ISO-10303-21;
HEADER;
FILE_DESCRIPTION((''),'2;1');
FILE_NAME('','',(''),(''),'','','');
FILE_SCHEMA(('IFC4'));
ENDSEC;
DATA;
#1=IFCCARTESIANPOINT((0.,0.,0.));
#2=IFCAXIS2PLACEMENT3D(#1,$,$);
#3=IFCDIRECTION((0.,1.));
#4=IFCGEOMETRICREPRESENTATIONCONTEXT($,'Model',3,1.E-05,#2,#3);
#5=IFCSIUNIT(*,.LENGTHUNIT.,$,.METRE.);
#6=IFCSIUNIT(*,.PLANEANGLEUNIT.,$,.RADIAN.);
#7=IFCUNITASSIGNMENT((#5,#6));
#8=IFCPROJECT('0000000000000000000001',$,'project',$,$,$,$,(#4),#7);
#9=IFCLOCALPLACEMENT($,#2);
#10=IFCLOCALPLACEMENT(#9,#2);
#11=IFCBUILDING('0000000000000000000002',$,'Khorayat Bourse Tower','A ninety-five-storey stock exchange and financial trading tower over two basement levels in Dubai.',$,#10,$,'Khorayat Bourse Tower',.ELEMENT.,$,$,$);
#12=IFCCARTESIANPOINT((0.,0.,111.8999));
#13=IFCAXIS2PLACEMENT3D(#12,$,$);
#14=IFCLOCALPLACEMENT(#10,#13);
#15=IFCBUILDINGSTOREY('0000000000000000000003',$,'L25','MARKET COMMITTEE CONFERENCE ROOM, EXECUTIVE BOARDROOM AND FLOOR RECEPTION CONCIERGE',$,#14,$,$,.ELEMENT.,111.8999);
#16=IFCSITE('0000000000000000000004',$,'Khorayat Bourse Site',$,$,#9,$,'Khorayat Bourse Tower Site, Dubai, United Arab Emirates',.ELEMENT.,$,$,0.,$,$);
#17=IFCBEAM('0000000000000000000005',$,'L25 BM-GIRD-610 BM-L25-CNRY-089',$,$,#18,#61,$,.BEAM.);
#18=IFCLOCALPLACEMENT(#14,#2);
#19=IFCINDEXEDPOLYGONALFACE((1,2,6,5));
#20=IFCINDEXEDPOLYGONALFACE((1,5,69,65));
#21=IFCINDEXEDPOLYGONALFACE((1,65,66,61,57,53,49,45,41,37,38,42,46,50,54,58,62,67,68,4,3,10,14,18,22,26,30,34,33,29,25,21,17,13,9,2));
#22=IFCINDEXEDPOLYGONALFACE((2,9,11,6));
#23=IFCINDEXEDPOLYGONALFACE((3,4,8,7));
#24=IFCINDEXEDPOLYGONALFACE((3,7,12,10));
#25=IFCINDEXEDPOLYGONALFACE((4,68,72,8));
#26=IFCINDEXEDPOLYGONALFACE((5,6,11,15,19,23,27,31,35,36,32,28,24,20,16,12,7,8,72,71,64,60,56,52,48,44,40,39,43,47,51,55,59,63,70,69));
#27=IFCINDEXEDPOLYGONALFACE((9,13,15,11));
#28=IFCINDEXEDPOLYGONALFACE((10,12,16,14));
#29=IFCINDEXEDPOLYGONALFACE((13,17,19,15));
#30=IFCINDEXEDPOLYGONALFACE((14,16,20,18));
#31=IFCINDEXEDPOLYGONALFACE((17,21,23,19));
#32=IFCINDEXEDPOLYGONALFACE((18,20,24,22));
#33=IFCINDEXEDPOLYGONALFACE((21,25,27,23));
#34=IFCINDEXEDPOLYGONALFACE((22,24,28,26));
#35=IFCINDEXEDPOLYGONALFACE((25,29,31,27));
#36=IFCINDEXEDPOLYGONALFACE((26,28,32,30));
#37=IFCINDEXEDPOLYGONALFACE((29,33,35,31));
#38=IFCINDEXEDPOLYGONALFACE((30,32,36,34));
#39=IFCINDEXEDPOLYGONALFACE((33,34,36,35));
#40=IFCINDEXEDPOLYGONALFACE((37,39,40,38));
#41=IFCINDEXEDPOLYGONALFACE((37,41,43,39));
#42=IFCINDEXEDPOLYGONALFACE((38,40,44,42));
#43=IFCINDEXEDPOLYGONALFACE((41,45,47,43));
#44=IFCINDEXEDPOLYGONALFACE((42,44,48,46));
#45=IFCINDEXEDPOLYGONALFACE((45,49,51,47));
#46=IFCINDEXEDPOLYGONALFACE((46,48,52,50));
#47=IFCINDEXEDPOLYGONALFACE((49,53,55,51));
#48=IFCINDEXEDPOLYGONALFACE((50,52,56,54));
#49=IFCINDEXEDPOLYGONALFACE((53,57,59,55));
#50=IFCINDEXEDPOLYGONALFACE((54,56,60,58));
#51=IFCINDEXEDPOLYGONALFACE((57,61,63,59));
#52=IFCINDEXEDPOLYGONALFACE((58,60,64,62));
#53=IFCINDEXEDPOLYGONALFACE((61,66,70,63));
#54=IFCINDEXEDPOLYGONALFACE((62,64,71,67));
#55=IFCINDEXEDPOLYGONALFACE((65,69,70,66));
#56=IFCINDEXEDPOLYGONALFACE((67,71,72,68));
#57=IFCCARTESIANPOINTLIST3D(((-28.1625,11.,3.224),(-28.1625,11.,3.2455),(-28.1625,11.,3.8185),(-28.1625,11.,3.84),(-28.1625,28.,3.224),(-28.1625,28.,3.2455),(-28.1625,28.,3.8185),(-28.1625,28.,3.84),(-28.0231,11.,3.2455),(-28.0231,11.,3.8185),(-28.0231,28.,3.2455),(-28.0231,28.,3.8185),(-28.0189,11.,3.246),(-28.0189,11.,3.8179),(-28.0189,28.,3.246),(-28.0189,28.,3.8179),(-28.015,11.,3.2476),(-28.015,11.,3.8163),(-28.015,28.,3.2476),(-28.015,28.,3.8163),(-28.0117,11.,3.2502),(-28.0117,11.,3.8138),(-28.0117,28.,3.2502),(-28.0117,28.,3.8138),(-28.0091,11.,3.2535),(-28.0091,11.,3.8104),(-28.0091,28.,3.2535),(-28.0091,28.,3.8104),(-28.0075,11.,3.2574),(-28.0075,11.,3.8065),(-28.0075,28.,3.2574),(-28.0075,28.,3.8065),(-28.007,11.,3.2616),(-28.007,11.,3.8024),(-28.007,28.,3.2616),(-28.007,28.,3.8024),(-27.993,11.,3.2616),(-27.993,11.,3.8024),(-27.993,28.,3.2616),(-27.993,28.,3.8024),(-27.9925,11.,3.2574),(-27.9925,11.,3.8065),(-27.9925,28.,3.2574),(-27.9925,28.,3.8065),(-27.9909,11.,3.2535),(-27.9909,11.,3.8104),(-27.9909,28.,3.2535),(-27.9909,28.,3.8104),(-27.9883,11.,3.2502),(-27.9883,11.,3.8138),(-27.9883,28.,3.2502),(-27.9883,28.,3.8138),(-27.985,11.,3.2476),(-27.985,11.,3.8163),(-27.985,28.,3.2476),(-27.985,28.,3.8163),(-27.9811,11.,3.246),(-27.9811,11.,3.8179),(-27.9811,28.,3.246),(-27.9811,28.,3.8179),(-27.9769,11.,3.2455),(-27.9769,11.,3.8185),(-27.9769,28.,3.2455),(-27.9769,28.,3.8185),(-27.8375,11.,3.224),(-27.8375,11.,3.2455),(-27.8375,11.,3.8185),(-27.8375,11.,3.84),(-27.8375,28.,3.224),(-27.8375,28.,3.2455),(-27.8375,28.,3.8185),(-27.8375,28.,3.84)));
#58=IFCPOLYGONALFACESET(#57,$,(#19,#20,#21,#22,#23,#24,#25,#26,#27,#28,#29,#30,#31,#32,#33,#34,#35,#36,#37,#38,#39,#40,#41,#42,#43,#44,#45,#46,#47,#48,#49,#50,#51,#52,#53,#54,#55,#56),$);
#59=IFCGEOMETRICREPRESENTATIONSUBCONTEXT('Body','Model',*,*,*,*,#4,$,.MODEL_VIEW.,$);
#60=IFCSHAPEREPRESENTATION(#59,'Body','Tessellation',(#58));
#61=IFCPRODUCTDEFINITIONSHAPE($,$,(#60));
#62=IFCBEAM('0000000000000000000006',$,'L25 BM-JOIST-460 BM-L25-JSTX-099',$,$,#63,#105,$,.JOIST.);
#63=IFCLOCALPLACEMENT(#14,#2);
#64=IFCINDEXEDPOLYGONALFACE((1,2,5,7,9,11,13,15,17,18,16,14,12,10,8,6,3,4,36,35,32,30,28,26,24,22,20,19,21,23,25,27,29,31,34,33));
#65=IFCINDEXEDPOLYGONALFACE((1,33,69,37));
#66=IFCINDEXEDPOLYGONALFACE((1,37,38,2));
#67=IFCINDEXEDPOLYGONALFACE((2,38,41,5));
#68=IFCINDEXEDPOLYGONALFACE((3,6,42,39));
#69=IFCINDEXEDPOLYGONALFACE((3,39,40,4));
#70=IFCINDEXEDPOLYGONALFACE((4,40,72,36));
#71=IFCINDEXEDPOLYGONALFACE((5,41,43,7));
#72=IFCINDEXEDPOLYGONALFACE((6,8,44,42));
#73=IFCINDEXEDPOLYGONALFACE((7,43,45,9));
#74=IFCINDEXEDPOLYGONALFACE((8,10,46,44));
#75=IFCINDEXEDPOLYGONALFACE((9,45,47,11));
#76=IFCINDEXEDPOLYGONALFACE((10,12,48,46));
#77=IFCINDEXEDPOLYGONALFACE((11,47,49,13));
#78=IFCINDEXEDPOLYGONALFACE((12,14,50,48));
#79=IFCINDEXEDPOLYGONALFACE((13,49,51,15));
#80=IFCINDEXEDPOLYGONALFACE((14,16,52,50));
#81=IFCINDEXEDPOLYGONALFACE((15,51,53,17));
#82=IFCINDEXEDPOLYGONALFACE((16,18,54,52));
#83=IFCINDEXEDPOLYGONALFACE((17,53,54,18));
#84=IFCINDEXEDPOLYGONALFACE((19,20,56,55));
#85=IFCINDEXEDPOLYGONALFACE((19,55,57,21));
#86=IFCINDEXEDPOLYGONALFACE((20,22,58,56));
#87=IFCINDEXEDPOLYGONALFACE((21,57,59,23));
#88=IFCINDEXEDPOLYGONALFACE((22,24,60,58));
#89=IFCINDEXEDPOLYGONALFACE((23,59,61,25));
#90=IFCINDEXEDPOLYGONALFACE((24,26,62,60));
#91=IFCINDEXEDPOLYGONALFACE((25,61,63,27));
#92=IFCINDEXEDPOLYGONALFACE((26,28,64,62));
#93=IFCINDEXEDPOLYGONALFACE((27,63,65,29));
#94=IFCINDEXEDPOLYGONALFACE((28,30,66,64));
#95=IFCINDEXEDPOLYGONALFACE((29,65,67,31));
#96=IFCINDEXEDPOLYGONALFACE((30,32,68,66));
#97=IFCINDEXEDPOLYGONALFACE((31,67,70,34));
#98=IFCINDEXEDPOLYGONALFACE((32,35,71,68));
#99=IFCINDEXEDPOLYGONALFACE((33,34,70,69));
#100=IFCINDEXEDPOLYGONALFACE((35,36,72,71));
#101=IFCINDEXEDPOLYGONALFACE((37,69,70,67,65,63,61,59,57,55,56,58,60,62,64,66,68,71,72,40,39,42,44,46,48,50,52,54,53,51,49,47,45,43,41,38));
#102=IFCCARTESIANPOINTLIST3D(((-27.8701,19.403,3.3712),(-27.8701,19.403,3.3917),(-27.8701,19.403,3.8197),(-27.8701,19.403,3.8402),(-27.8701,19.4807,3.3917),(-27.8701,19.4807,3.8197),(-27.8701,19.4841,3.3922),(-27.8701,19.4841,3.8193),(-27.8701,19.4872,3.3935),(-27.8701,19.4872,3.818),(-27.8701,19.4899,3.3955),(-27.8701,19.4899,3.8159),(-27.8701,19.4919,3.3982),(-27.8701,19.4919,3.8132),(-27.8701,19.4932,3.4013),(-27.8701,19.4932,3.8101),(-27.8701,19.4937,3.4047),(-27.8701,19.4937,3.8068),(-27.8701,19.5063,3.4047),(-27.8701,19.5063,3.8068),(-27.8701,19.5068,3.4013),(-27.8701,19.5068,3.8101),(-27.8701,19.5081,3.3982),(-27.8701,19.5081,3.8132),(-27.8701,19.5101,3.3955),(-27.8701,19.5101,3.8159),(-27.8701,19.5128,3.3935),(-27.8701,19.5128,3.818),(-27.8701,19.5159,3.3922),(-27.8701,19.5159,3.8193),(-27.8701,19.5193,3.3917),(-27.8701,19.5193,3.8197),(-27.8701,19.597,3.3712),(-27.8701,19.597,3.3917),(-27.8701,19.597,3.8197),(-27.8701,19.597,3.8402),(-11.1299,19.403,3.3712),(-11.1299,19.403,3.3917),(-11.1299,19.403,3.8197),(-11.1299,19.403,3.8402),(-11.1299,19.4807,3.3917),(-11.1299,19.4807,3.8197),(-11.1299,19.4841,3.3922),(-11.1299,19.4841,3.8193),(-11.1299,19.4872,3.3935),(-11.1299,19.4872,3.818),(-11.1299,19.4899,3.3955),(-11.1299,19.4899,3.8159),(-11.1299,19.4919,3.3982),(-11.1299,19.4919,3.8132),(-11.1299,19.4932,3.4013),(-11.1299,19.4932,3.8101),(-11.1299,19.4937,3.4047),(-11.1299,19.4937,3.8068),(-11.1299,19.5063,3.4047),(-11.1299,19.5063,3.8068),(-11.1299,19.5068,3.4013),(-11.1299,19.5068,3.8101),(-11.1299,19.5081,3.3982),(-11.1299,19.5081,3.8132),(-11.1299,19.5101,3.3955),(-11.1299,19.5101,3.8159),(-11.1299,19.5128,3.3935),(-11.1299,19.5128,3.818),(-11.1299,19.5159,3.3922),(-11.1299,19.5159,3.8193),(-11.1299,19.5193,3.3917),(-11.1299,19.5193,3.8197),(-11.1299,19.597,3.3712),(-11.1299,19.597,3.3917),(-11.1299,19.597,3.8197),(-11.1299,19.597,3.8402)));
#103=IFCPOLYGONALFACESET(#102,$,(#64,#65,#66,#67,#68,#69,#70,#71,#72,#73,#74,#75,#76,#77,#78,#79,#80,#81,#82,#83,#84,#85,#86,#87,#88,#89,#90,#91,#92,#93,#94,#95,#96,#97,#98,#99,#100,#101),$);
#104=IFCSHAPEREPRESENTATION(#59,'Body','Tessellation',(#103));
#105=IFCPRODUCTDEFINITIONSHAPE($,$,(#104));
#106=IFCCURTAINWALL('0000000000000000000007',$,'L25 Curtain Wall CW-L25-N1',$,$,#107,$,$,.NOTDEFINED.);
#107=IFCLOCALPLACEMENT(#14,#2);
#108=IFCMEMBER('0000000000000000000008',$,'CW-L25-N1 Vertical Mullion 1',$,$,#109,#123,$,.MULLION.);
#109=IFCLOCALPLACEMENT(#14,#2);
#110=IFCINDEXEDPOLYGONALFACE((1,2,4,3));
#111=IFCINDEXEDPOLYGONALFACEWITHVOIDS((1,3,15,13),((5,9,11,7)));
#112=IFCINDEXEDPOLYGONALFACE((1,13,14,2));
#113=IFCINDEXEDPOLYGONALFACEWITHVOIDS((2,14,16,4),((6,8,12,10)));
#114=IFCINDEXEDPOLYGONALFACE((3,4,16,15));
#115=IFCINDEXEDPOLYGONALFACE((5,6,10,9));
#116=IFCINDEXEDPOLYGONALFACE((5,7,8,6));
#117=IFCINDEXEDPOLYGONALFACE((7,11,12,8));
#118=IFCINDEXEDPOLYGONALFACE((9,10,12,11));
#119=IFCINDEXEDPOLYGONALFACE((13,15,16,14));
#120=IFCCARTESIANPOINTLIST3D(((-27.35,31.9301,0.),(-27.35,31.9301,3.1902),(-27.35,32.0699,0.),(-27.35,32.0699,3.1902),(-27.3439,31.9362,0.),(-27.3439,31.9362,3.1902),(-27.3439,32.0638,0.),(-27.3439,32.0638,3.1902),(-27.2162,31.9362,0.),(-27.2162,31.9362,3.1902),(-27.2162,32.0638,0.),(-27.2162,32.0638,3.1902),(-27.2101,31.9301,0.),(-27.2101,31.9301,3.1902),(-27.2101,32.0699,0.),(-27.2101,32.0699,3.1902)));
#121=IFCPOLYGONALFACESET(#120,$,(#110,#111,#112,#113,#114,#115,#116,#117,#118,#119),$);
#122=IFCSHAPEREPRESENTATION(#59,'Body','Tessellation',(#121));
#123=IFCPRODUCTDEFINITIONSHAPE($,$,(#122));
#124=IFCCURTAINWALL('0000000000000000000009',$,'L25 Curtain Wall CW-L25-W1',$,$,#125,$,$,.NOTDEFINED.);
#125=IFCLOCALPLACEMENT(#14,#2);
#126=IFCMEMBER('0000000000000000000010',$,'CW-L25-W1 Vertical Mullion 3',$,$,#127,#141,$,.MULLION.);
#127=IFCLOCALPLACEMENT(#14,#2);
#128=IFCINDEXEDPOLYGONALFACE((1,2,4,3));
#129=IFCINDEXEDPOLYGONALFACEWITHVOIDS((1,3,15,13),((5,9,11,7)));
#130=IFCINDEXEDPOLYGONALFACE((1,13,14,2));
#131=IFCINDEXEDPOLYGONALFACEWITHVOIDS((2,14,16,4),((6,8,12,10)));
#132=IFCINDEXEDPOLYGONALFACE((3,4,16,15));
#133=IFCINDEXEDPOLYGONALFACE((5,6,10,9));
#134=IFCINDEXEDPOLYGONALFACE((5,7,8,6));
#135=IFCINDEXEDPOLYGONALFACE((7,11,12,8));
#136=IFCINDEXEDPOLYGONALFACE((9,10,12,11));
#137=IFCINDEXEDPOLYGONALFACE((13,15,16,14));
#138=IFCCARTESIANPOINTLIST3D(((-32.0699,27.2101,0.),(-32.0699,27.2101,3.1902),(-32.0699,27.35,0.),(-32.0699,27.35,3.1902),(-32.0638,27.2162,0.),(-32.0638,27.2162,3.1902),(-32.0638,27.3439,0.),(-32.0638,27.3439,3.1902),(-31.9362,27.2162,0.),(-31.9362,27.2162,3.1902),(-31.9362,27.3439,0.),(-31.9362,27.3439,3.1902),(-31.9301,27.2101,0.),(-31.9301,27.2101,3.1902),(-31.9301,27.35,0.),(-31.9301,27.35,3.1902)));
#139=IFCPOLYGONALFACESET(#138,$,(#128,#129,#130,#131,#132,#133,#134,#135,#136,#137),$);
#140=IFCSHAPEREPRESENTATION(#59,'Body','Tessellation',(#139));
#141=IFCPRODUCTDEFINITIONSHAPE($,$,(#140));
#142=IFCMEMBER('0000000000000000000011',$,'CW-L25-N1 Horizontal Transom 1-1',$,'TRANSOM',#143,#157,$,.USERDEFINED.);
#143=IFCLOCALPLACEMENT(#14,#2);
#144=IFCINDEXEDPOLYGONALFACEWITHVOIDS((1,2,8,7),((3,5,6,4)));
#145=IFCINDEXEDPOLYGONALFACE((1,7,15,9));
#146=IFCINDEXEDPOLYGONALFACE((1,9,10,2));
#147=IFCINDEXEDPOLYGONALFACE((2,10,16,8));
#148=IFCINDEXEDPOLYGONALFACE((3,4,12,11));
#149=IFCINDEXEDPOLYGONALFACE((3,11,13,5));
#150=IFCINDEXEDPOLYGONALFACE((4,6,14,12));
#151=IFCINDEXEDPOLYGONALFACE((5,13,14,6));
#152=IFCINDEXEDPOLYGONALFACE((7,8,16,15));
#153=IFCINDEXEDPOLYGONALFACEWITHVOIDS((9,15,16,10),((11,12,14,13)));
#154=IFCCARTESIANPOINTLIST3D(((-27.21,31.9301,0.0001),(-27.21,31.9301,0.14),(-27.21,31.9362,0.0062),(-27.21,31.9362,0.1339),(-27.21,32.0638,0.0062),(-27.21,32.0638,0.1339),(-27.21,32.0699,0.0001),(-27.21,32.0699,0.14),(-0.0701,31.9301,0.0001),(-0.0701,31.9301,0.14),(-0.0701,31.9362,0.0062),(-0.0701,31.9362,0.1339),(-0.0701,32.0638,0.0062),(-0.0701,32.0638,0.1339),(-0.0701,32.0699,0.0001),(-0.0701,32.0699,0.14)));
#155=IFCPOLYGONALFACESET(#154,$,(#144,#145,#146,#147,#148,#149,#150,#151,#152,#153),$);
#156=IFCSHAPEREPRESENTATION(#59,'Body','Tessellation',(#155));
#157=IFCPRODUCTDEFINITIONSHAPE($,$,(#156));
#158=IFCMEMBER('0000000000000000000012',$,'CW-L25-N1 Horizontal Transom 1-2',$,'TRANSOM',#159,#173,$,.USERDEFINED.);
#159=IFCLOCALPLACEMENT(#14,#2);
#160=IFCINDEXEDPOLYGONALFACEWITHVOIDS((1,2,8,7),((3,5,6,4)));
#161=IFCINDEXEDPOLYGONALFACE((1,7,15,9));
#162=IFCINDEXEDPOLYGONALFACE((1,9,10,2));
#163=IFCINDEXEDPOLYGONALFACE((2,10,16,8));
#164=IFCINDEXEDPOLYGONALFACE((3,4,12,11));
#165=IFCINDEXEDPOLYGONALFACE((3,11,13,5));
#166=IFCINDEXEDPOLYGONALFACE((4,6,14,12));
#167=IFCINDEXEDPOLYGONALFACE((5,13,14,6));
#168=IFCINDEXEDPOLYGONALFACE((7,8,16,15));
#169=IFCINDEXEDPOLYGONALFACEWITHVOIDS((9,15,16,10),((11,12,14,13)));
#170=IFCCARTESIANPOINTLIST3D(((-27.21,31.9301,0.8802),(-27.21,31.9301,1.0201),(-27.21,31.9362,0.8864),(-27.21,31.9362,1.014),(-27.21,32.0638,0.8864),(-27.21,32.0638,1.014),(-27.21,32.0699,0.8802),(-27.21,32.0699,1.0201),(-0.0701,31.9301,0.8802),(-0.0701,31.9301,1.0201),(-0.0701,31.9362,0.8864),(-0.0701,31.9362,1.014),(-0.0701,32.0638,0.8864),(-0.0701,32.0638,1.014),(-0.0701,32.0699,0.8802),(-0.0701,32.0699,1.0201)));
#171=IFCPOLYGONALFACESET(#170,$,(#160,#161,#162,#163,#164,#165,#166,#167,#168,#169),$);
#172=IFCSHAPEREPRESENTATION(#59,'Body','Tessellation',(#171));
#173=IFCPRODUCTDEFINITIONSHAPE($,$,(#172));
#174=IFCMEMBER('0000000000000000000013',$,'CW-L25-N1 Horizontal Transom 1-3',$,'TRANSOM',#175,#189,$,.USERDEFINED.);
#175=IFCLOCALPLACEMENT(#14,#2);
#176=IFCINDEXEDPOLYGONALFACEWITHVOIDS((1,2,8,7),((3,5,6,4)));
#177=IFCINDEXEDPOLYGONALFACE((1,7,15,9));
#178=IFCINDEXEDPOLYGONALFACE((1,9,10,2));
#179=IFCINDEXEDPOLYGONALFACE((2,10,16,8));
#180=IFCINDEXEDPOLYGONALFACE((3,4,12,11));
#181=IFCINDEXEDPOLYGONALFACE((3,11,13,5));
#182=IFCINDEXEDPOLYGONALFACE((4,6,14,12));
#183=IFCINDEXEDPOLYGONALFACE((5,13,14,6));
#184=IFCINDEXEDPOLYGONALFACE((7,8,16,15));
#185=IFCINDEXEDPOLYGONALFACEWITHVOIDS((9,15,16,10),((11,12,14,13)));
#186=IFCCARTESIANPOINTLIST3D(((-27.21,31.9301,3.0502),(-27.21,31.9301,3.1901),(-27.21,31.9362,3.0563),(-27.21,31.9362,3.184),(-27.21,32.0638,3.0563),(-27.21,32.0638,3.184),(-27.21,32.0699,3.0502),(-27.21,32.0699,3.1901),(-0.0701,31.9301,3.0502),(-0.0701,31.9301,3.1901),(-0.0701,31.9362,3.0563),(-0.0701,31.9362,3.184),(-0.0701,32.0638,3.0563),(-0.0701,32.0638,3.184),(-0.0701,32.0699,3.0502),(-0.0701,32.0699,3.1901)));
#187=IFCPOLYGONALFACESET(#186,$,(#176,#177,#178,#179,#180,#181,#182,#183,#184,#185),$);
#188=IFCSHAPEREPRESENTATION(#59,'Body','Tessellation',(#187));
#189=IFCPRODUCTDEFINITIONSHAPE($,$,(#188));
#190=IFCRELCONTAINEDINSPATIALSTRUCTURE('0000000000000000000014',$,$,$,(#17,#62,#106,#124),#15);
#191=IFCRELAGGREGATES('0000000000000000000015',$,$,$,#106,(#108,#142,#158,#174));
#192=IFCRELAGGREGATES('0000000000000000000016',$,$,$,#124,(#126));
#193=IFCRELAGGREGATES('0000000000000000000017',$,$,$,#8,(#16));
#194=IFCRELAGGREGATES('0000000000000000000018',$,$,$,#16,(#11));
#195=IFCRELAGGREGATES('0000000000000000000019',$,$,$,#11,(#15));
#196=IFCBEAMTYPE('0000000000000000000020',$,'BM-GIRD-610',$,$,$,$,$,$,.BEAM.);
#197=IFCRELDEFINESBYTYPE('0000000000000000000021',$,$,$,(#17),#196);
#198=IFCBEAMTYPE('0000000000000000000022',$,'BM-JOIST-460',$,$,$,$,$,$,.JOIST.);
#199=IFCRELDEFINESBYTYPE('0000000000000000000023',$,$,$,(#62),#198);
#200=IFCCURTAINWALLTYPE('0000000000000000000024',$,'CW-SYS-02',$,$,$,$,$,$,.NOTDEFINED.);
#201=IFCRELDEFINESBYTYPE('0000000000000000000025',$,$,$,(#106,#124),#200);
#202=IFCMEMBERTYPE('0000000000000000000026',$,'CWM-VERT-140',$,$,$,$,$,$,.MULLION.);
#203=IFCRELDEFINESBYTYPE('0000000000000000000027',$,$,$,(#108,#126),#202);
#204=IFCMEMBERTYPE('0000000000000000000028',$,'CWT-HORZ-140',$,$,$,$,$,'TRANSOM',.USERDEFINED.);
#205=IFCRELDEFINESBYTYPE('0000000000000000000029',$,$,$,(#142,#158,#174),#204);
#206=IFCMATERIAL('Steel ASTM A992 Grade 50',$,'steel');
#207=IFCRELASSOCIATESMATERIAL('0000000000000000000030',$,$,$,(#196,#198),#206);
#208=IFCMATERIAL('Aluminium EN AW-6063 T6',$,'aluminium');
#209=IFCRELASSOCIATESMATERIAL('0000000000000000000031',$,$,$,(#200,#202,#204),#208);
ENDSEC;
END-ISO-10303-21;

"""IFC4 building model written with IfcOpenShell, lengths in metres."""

from ifc_helpers import new_model, si_unit, direction, frame, origin, origin_2d, place, context, subcontext, project, spatial, hollow_rectangle, i_section, extrude, source, transform, mapped, material, material_profile, profile_set, type_object, element, aggregate, save


model = new_model("IFC4")

# Units and contexts
model_context = context("Model", 3, precision=1e-05, world=origin(), true_north=direction((0.0, 1.0)))
body_context = subcontext(model_context, "Body", "Model", "MODEL_VIEW")
ifc_project = project(units=[si_unit("LENGTHUNIT", "METRE"), si_unit("PLANEANGLEUNIT", "RADIAN")], contexts=[model_context])

# Site, building, storey
site_placement = place(None, origin())
site = spatial("IfcSite", under=ifc_project, at=site_placement, Name="Khorayat Bourse Site", LongName="Khorayat Bourse Tower Site, Dubai, United Arab Emirates", CompositionType="ELEMENT", RefElevation=0.0)
building_placement = place(site_placement, origin())
building = spatial("IfcBuilding", under=site, at=building_placement, Name="Khorayat Bourse Tower", Description="A ninety-five-storey stock exchange and financial trading tower over two basement levels in Dubai.", LongName="Khorayat Bourse Tower", CompositionType="ELEMENT")
storey_placement = place(building_placement, frame((0.0, 0.0, 111.8999)))
storey = spatial("IfcBuildingStorey", under=building, at=storey_placement, Name="L25", Description="MARKET COMMITTEE CONFERENCE ROOM, EXECUTIVE BOARDROOM AND FLOOR RECEPTION CONCIERGE", CompositionType="ELEMENT", Elevation=111.8999)

# Beams
ifc_material_1 = material(Name="Steel ASTM A992 Grade 50", Category="steel")
ifc_material_profile_1 = material_profile(ifc_material_1, i_section(OverallWidth=0.325, OverallDepth=0.616, WebThickness=0.0139, FlangeThickness=0.0215, FilletRadius=0.0161, at=origin_2d()), Name="W610X174")
ifc_profile_set_1 = profile_set([ifc_material_profile_1], Name="Steel ASTM A992 Grade 50")
beam_type_1 = type_object("IfcBeamType", Name="BM-GIRD-610", PredefinedType="BEAM", material=ifc_profile_set_1)
shared_shape_1 = source(origin(), body_context, "Body", "SweptSolid", [
    extrude(i_section(OverallWidth=0.325, OverallDepth=0.616, WebThickness=0.0139, FlangeThickness=0.0215, FilletRadius=0.0161, at=origin_2d()), origin(), (0.0, 0.0, 1.0), 17.0),
])
beam_1_placement = place(storey_placement, frame((-28.0, 11.0, 3.532), z_axis=(0.0, 1.0, 0.0), x_axis=(-1.0, 0.0, 0.0)))
element("IfcBeam", 1, at=beam_1_placement, inside=storey, type_object=beam_type_1, Name="L25 BM-GIRD-610 BM-L25-CNRY-089", PredefinedType="BEAM", context=body_context, shape_type="MappedRepresentation", body=[
    mapped(shared_shape_1, transform((0.0, 0.0, 0.0), scale=1.0)),
])
ifc_material_profile_2 = material_profile(ifc_material_1, i_section(OverallWidth=0.1941, OverallDepth=0.469, WebThickness=0.0127, FlangeThickness=0.0205, FilletRadius=0.0129, at=origin_2d()), Name="W460X106")
ifc_profile_set_2 = profile_set([ifc_material_profile_2], Name="Steel ASTM A992 Grade 50")
beam_type_2 = type_object("IfcBeamType", Name="BM-JOIST-460", PredefinedType="JOIST", material=ifc_profile_set_2)
shared_shape_2 = source(origin(), body_context, "Body", "SweptSolid", [
    extrude(i_section(OverallWidth=0.1941, OverallDepth=0.469, WebThickness=0.0127, FlangeThickness=0.0205, FilletRadius=0.0129, at=origin_2d()), origin(), (0.0, 0.0, 1.0), 16.7402),
])
beam_2_placement = place(storey_placement, frame((-27.8701, 19.5, 3.6057), z_axis=(1.0, 0.0, 0.0), x_axis=(0.0, 1.0, 0.0)))
element("IfcBeam", 2, at=beam_2_placement, inside=storey, type_object=beam_type_2, Name="L25 BM-JOIST-460 BM-L25-JSTX-099", PredefinedType="JOIST", context=body_context, shape_type="MappedRepresentation", body=[
    mapped(shared_shape_2, transform((0.0, 0.0, 0.0), scale=1.0)),
])

# Curtain walls, members
ifc_material_2 = material(Name="Aluminium EN AW-6063 T6", Category="aluminium")
curtain_wall_type = type_object("IfcCurtainWallType", Name="CW-SYS-02", PredefinedType="NOTDEFINED", material=ifc_material_2)
curtain_wall_1_placement = place(storey_placement, origin())
curtain_wall_1 = element("IfcCurtainWall", 3, at=curtain_wall_1_placement, inside=storey, type_object=curtain_wall_type, Name="L25 Curtain Wall CW-L25-N1", PredefinedType="NOTDEFINED")
ifc_material_profile_3 = material_profile(ifc_material_2, hollow_rectangle(XDim=0.1399, YDim=0.1399, WallThickness=0.0061, at=origin_2d()), Name="ALU 140x140x6")
ifc_profile_set_3 = profile_set([ifc_material_profile_3], Name="Aluminium EN AW-6063 T6")
member_type_1 = type_object("IfcMemberType", Name="CWM-VERT-140", PredefinedType="MULLION", material=ifc_profile_set_3)
shared_shape_3 = source(origin(), body_context, "Body", "SweptSolid", [
    extrude(hollow_rectangle(XDim=0.1399, YDim=0.1399, WallThickness=0.0061, at=origin_2d()), origin(), (0.0, 0.0, 1.0), 3.1902),
])
member_1_placement = place(storey_placement, frame((-27.28, 32.0, 0.0), z_axis=(0.0, 0.0, 1.0), x_axis=(0.0, 1.0, 0.0)))
member_1 = element("IfcMember", 4, at=member_1_placement, type_object=member_type_1, Name="CW-L25-N1 Vertical Mullion 1", PredefinedType="MULLION", context=body_context, shape_type="MappedRepresentation", body=[
    mapped(shared_shape_3, transform((0.0, 0.0, 0.0), scale=1.0)),
])
curtain_wall_2_placement = place(storey_placement, origin())
curtain_wall_2 = element("IfcCurtainWall", 5, at=curtain_wall_2_placement, inside=storey, type_object=curtain_wall_type, Name="L25 Curtain Wall CW-L25-W1", PredefinedType="NOTDEFINED")
member_2_placement = place(storey_placement, frame((-32.0, 27.28, 0.0), z_axis=(0.0, 0.0, 1.0), x_axis=(-1.0, 0.0, 0.0)))
member_2 = element("IfcMember", 6, at=member_2_placement, type_object=member_type_1, Name="CW-L25-W1 Vertical Mullion 3", PredefinedType="MULLION", context=body_context, shape_type="MappedRepresentation", body=[
    mapped(shared_shape_3, transform((0.0, 0.0, 0.0), scale=1.0)),
])

# Members
ifc_material_profile_4 = material_profile(ifc_material_2, hollow_rectangle(XDim=0.1399, YDim=0.1399, WallThickness=0.0061, at=origin_2d()), Name="ALU 140x140x6")
ifc_profile_set_4 = profile_set([ifc_material_profile_4], Name="Aluminium EN AW-6063 T6")
member_type_2 = type_object("IfcMemberType", Name="CWT-HORZ-140", ElementType="TRANSOM", PredefinedType="USERDEFINED", material=ifc_profile_set_4)
shared_shape_4 = source(origin(), body_context, "Body", "SweptSolid", [
    extrude(hollow_rectangle(XDim=0.1399, YDim=0.1399, WallThickness=0.0061, at=origin_2d()), origin(), (0.0, 0.0, 1.0), 27.1399),
])
member_3_placement = place(storey_placement, frame((-27.21, 32.0, 0.0701), z_axis=(1.0, 0.0, 0.0), x_axis=(0.0, 1.0, 0.0)))
member_3 = element("IfcMember", 7, at=member_3_placement, type_object=member_type_2, Name="CW-L25-N1 Horizontal Transom 1-1", ObjectType="TRANSOM", PredefinedType="USERDEFINED", context=body_context, shape_type="MappedRepresentation", body=[
    mapped(shared_shape_4, transform((0.0, 0.0, 0.0), scale=1.0)),
])
member_4_placement = place(storey_placement, frame((-27.21, 32.0, 0.9502), z_axis=(1.0, 0.0, 0.0), x_axis=(0.0, 1.0, 0.0)))
member_4 = element("IfcMember", 8, at=member_4_placement, type_object=member_type_2, Name="CW-L25-N1 Horizontal Transom 1-2", ObjectType="TRANSOM", PredefinedType="USERDEFINED", context=body_context, shape_type="MappedRepresentation", body=[
    mapped(shared_shape_4, transform((0.0, 0.0, 0.0), scale=1.0)),
])
member_5_placement = place(storey_placement, frame((-27.21, 32.0, 3.1201), z_axis=(1.0, 0.0, 0.0), x_axis=(0.0, 1.0, 0.0)))
member_5 = element("IfcMember", 9, at=member_5_placement, type_object=member_type_2, Name="CW-L25-N1 Horizontal Transom 1-3", ObjectType="TRANSOM", PredefinedType="USERDEFINED", context=body_context, shape_type="MappedRepresentation", body=[
    mapped(shared_shape_4, transform((0.0, 0.0, 0.0), scale=1.0)),
])
aggregate(curtain_wall_1, [member_1, member_3, member_4, member_5])

aggregate(curtain_wall_2, [member_2])

save(model, "model.ifc")
